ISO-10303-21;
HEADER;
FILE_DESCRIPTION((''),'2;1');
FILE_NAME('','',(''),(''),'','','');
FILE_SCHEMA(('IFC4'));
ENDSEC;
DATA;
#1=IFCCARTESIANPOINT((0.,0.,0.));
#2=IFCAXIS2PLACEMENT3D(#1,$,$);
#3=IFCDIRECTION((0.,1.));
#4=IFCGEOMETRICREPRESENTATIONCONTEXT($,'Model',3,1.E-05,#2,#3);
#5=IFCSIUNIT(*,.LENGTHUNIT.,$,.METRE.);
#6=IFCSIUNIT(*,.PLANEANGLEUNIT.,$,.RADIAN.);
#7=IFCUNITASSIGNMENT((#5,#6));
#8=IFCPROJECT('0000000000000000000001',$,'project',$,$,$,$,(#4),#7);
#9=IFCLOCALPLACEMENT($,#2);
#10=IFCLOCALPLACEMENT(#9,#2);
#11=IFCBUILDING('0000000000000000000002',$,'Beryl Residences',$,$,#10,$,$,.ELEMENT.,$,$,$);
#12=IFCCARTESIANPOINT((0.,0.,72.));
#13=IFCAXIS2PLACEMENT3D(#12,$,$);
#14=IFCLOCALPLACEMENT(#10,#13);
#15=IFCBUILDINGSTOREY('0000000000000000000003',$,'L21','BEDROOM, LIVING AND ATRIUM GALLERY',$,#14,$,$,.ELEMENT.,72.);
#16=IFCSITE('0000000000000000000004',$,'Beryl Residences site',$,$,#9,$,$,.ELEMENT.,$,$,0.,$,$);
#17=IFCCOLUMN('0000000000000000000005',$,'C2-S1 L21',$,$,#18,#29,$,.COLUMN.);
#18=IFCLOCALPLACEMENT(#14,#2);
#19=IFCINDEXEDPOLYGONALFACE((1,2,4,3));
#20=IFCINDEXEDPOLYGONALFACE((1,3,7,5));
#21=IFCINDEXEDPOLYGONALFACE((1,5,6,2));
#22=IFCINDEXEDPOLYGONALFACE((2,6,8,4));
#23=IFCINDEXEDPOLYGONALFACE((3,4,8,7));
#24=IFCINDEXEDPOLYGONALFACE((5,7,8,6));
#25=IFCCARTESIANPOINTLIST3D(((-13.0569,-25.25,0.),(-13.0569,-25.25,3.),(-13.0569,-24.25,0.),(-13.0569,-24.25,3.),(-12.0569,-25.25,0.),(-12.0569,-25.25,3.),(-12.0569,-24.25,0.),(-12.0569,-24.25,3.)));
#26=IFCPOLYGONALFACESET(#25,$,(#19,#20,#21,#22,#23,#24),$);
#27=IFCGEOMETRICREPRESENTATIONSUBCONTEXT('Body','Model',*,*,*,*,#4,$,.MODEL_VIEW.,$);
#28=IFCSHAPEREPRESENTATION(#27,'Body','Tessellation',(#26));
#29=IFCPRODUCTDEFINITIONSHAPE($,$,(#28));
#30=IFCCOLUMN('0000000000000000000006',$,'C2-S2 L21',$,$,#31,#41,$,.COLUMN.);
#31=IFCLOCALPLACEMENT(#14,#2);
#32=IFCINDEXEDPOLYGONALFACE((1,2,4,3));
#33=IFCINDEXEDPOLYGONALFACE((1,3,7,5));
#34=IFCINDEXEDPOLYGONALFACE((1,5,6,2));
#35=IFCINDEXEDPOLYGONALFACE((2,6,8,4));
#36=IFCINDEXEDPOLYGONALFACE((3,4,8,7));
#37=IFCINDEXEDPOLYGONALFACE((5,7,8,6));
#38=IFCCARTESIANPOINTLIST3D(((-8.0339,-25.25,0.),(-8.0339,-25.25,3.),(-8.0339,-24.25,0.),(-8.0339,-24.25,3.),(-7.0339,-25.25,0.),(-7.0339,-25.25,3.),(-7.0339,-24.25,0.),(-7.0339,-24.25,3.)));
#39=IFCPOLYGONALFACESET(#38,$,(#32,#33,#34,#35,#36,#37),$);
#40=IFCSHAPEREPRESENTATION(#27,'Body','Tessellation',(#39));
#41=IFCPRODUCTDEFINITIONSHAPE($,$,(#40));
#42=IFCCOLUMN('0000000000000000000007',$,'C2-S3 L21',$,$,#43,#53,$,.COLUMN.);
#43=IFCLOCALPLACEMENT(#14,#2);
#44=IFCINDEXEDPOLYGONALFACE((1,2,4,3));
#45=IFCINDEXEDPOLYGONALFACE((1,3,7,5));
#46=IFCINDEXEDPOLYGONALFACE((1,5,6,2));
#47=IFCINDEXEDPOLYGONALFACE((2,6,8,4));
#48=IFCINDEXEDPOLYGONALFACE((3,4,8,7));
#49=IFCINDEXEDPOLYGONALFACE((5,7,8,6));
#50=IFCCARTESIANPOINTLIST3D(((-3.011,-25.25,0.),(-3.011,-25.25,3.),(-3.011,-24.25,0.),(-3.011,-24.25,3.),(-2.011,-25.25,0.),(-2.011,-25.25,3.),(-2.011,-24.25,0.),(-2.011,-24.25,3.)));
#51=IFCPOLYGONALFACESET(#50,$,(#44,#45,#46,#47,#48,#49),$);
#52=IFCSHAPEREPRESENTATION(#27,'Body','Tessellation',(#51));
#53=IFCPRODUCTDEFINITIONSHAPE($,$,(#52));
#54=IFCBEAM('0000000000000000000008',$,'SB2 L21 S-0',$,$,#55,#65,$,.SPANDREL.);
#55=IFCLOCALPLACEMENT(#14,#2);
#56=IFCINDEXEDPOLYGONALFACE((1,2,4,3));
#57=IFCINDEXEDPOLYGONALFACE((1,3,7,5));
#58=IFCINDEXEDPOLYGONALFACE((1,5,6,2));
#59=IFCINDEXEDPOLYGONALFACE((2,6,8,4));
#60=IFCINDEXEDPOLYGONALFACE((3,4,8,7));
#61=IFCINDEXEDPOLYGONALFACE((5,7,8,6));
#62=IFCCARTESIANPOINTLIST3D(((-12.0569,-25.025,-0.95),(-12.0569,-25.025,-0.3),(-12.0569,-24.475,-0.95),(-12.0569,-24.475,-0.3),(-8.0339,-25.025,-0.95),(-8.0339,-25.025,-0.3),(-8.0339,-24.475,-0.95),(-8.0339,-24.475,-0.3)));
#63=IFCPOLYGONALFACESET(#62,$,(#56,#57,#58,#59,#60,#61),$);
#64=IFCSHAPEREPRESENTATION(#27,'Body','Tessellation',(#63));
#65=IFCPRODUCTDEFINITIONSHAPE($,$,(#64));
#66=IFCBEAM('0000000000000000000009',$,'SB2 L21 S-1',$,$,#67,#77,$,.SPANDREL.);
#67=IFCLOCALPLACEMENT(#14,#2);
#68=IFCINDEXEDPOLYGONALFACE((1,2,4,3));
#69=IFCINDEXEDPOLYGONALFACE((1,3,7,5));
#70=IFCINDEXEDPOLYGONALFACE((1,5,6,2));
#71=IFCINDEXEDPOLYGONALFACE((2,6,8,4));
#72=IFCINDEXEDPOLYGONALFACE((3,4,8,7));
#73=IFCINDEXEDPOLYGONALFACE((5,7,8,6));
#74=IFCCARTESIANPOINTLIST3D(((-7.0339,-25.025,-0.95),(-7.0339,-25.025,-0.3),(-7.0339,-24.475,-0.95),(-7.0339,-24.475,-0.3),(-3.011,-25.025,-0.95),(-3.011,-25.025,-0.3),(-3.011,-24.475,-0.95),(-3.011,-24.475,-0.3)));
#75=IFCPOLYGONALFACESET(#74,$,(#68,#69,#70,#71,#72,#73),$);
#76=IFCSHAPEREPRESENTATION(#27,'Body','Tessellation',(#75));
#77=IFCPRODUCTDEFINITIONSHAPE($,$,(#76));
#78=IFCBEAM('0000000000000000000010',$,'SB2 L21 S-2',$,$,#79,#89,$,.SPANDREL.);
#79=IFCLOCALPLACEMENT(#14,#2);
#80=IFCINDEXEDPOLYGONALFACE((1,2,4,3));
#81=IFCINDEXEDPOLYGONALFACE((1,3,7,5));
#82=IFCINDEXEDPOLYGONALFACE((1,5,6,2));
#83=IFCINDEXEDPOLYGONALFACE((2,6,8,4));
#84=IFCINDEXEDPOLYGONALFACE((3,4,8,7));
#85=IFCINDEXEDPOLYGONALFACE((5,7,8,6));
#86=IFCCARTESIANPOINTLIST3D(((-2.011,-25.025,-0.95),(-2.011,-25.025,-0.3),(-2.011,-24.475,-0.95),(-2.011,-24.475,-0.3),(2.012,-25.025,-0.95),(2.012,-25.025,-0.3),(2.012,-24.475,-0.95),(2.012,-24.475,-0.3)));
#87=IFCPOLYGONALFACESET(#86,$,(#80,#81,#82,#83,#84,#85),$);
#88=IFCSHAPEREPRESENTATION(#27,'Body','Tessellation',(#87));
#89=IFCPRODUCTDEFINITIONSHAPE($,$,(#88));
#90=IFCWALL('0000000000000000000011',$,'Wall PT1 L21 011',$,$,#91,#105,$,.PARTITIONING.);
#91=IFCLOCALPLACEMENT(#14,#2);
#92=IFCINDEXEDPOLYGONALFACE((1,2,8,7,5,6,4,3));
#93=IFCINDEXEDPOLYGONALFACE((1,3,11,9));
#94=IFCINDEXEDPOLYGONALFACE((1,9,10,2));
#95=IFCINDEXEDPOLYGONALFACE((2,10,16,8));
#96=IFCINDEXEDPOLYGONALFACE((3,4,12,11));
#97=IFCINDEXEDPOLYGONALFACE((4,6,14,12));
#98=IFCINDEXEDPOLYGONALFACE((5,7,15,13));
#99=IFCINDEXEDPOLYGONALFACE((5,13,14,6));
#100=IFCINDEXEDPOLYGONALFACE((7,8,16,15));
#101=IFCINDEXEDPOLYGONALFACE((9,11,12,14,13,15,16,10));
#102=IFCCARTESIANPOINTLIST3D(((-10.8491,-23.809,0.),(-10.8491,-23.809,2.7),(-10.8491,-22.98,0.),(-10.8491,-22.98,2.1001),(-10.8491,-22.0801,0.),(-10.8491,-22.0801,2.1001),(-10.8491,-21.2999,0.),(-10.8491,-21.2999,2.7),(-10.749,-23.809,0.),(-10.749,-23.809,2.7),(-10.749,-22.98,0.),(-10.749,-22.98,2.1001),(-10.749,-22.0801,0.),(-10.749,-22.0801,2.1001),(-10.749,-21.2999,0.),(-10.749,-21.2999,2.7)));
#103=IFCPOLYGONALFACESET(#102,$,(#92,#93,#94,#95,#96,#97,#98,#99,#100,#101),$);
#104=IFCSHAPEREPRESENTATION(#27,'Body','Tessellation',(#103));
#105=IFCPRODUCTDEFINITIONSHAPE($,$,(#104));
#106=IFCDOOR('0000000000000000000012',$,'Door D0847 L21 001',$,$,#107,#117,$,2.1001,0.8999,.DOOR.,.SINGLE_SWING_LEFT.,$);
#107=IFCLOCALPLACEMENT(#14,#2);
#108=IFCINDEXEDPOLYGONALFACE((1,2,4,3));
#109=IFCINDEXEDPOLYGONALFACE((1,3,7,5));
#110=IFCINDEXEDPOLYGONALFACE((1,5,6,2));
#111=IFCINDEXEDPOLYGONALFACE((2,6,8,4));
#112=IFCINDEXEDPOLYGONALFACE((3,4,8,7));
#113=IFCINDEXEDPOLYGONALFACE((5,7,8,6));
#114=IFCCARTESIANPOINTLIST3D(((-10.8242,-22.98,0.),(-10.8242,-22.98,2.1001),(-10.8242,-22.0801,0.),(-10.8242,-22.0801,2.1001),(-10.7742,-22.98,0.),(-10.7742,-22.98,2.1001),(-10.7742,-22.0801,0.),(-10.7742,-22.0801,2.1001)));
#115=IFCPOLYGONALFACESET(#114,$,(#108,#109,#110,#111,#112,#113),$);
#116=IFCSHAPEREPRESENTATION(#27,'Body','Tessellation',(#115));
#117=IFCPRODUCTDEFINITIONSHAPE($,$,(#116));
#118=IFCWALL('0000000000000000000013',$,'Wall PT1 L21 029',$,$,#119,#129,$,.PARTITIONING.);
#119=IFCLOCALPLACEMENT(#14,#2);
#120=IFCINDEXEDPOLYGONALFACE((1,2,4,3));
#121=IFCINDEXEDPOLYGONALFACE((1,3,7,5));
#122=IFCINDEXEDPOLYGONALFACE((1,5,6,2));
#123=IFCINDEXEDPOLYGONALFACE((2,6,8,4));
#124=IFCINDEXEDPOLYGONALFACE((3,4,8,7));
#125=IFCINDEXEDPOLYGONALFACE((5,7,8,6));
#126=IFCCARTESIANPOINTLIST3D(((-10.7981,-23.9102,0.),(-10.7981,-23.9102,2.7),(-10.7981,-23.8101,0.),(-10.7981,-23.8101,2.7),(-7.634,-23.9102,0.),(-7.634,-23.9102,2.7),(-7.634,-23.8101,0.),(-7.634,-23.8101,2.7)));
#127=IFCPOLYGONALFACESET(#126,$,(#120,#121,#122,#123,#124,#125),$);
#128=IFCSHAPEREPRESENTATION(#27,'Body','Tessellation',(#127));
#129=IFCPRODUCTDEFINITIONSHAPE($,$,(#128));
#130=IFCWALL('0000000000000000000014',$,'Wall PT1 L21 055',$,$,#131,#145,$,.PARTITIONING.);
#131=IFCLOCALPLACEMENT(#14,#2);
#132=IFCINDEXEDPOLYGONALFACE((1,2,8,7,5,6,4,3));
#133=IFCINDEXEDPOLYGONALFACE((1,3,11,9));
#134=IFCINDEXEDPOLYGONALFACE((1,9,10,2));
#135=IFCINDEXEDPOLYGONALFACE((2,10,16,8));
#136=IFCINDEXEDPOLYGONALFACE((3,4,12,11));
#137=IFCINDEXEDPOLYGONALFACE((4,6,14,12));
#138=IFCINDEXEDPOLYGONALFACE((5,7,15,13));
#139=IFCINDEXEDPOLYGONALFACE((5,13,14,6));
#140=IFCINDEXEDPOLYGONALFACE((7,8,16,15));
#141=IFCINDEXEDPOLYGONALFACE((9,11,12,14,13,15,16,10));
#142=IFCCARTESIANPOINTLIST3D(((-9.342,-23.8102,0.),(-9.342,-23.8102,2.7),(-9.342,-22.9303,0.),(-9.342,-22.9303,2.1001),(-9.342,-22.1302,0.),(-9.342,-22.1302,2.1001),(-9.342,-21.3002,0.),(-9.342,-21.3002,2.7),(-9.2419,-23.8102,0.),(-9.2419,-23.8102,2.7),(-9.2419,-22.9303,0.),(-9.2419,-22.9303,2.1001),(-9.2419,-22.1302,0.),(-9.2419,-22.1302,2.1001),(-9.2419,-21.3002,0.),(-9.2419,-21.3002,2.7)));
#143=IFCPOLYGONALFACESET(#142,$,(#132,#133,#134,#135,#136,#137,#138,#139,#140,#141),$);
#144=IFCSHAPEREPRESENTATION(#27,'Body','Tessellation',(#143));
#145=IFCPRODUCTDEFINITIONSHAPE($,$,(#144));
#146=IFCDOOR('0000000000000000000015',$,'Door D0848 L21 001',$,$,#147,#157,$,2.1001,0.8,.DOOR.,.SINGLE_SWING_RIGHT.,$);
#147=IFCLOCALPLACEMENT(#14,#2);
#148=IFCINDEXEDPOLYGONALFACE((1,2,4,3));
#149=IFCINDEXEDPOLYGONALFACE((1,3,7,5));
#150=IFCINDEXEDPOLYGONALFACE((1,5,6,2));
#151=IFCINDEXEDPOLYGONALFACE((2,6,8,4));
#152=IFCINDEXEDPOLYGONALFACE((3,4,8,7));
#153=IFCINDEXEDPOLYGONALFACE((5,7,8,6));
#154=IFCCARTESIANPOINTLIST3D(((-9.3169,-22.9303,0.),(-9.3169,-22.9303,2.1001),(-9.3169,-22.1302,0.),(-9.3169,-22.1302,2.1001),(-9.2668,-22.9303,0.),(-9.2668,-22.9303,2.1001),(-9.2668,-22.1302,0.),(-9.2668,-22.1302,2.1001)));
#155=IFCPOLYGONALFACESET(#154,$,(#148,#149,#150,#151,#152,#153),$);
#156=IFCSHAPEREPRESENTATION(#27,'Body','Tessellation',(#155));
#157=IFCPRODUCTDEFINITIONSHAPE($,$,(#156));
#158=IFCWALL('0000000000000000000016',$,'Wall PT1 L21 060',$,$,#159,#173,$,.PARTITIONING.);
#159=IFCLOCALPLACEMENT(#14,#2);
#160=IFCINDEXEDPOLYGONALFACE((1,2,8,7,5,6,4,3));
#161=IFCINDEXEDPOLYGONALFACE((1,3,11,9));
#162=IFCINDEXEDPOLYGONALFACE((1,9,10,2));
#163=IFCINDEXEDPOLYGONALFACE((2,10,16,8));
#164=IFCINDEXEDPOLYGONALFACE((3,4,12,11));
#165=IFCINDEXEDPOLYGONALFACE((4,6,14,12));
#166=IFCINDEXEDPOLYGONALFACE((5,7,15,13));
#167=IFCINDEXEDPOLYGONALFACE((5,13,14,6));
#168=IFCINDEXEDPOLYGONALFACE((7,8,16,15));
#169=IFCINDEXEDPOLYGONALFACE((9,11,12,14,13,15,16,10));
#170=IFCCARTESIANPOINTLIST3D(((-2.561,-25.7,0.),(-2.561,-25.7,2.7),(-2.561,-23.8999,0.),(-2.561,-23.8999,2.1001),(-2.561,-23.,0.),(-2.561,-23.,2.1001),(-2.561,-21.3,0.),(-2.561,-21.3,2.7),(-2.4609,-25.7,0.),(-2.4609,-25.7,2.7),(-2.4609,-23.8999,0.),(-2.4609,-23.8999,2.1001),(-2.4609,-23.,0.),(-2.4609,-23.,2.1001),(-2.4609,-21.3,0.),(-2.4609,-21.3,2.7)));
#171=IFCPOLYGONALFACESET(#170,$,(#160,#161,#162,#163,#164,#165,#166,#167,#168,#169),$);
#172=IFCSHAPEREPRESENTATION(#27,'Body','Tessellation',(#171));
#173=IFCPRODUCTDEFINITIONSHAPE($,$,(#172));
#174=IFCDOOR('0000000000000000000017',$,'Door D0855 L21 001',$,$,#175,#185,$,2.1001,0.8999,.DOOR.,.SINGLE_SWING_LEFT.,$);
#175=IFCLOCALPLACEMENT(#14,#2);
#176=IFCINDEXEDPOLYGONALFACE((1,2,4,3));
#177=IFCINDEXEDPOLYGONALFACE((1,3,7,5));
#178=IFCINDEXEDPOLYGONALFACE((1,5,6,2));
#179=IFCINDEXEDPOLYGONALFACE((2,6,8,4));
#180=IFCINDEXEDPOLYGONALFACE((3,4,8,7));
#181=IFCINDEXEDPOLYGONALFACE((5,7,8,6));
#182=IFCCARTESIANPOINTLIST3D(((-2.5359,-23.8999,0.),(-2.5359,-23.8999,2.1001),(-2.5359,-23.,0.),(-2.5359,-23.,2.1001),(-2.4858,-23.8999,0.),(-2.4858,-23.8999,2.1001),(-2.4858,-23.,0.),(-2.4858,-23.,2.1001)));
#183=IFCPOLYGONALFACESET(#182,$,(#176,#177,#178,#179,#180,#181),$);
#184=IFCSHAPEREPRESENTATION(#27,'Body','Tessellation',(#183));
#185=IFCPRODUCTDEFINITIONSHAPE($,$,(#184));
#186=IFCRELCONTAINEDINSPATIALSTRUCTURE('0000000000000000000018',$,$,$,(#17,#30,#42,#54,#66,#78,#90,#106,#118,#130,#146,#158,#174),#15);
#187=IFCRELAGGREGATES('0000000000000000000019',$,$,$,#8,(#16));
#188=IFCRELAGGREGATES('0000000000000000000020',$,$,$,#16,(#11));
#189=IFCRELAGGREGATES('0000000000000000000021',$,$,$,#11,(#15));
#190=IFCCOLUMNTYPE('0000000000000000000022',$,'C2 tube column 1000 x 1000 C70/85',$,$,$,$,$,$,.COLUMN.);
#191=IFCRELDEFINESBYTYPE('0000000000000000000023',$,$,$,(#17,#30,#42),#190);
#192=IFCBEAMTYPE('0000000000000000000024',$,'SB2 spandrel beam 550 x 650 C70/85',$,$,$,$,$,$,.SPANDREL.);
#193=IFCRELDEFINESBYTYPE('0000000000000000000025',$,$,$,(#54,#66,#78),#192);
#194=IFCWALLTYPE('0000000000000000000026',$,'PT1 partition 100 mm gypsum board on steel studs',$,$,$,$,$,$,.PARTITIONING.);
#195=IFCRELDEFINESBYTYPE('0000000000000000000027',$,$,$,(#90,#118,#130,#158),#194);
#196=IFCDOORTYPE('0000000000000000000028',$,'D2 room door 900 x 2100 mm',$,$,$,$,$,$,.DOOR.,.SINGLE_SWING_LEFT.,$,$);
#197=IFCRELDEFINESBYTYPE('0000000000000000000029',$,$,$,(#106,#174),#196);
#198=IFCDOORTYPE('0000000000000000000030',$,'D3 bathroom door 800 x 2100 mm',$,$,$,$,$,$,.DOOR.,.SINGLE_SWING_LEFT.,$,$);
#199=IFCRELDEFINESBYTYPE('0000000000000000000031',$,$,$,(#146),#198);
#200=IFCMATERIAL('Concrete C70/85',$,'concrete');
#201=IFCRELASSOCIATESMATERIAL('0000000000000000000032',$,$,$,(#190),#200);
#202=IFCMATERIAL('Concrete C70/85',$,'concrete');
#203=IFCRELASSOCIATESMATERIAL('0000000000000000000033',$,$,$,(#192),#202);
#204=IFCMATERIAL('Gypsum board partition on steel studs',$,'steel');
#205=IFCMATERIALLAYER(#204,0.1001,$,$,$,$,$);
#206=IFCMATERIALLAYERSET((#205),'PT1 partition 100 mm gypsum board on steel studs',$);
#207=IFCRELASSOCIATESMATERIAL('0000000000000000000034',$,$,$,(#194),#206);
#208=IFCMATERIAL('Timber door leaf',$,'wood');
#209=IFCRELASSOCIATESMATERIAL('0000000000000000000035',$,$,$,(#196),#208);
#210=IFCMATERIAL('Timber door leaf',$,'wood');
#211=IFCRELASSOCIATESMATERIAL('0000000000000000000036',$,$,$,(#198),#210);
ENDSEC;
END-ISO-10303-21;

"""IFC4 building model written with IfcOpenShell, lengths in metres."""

from ifc_helpers import new_model, si_unit, direction, frame, frame_2d, origin, origin_2d, place, context, subcontext, project, spatial, rectangle, extrude, material, layer, layer_set, material_profile, profile_set, type_object, element, fill, save


model = new_model("IFC4")

# Units and contexts
model_context = context("Model", 3, precision=1e-05, world=origin(), true_north=direction((0.0, 1.0)))
body_context = subcontext(model_context, "Body", "Model", "MODEL_VIEW")
ifc_project = project(units=[si_unit("LENGTHUNIT", "METRE"), si_unit("PLANEANGLEUNIT", "RADIAN")], contexts=[model_context])

# Site, building, storey
site_placement = place(None, origin())
site = spatial("IfcSite", under=ifc_project, at=site_placement, Name="Beryl Residences site", CompositionType="ELEMENT", RefElevation=0.0)
building_placement = place(site_placement, origin())
building = spatial("IfcBuilding", under=site, at=building_placement, Name="Beryl Residences", CompositionType="ELEMENT")
storey_placement = place(building_placement, frame((0.0, 0.0, 72.0)))
storey = spatial("IfcBuildingStorey", under=building, at=storey_placement, Name="L21", Description="BEDROOM, LIVING AND ATRIUM GALLERY", CompositionType="ELEMENT", Elevation=72.0)

# Columns
ifc_material_1 = material(Name="Concrete C70/85", Category="concrete")
ifc_material_profile_1 = material_profile(ifc_material_1, rectangle(XDim=1.0, YDim=1.0, at=origin_2d()))
ifc_profile_set_1 = profile_set([ifc_material_profile_1], Name="Concrete C70/85")
column_type = type_object("IfcColumnType", Name="C2 tube column 1000 x 1000 C70/85", PredefinedType="COLUMN", material=ifc_profile_set_1)
for number, where, z_axis, x_axis, name in (
    (1, (-12.5569, -24.75, 0.0), (0.0, 0.0, 1.0), (1.0, 0.0, 0.0), "C2-S1 L21"),
    (2, (-7.5339, -24.75, 0.0), (0.0, 0.0, 1.0), (1.0, 0.0, 0.0), "C2-S2 L21"),
    (3, (-2.511, -24.75, 0.0), (0.0, 0.0, 1.0), (1.0, 0.0, 0.0), "C2-S3 L21"),
):
    element("IfcColumn", number, at=place(storey_placement, frame(where, z_axis=z_axis, x_axis=x_axis)), inside=storey, type_object=column_type, Name=name, PredefinedType="COLUMN", context=body_context, shape_type="SweptSolid", body=[
        extrude(rectangle(XDim=1.0, YDim=1.0, at=origin_2d()), origin(), (0.0, 0.0, 1.0), 3.0),
    ])

# Beams
ifc_material_2 = material(Name="Concrete C70/85", Category="concrete")
ifc_material_profile_2 = material_profile(ifc_material_2, rectangle(XDim=0.55, YDim=0.6499, at=origin_2d()))
ifc_profile_set_2 = profile_set([ifc_material_profile_2], Name="Concrete C70/85")
beam_type = type_object("IfcBeamType", Name="SB2 spandrel beam 550 x 650 C70/85", PredefinedType="SPANDREL", material=ifc_profile_set_2)
for number, where, z_axis, x_axis, name in (
    (4, (-12.0569, -24.75, -0.625), (1.0, 0.0, 0.0), (0.0, 1.0, 0.0), "SB2 L21 S-0"),
    (5, (-7.0339, -24.75, -0.625), (1.0, 0.0, 0.0), (0.0, 1.0, 0.0), "SB2 L21 S-1"),
    (6, (-2.011, -24.75, -0.625), (1.0, 0.0, 0.0), (0.0, 1.0, 0.0), "SB2 L21 S-2"),
):
    element("IfcBeam", number, at=place(storey_placement, frame(where, z_axis=z_axis, x_axis=x_axis)), inside=storey, type_object=beam_type, Name=name, PredefinedType="SPANDREL", context=body_context, shape_type="SweptSolid", body=[
        extrude(rectangle(XDim=0.55, YDim=0.6499, at=origin_2d()), origin(), (0.0, 0.0, 1.0), 4.0229),
    ])

# Wall, opening, door
ifc_material_3 = material(Name="Gypsum board partition on steel studs", Category="steel")
ifc_layer_1 = layer(ifc_material_3, 0.1001)
ifc_layer_set_1 = layer_set([ifc_layer_1], Name="PT1 partition 100 mm gypsum board on steel studs")
wall_type_1 = type_object("IfcWallType", Name="PT1 partition 100 mm gypsum board on steel studs", PredefinedType="PARTITIONING", material=ifc_layer_set_1)
wall_1_placement = place(storey_placement, frame((-10.7991, -21.3, 0.0), z_axis=(0.0, 0.0, 1.0), x_axis=(0.0, -1.0, 0.0)))
wall_1 = element("IfcWall", 7, at=wall_1_placement, inside=storey, type_object=wall_type_1, Name="Wall PT1 L21 011", PredefinedType="PARTITIONING", context=body_context, shape_type="SweptSolid", body=[
    extrude(rectangle(XDim=2.509, YDim=0.1001, at=frame_2d((1.2544, 0.0))), origin(), (0.0, 0.0, 1.0), 2.7),
])
opening_1_placement = place(wall_1_placement, frame((0.78, 0.0, 0.0)))
opening_1 = element("IfcOpeningElement", 8, at=opening_1_placement, cuts=wall_1, PredefinedType="OPENING", context=body_context, shape_type="SweptSolid", body=[
    extrude(rectangle(XDim=0.8999, YDim=2.1001, at=frame_2d((0.45, 1.05))), frame((0.0, 0.0601, 0.0), z_axis=(0.0, -1.0, 0.0), x_axis=(1.0, 0.0, 0.0)), (0.0, 0.0, 1.0), 0.1201),
])
ifc_material_4 = material(Name="Timber door leaf", Category="wood")
door_type_1 = type_object("IfcDoorType", Name="D2 room door 900 x 2100 mm", OperationType="SINGLE_SWING_LEFT", PredefinedType="DOOR", material=ifc_material_4)
door_1_placement = place(opening_1_placement, origin())
door_1 = element("IfcDoor", 9, at=door_1_placement, inside=storey, type_object=door_type_1, Name="Door D0847 L21 001", OperationType="SINGLE_SWING_LEFT", OverallHeight=2.1001, OverallWidth=0.8999, PredefinedType="DOOR", context=body_context, shape_type="SweptSolid", body=[
    extrude(rectangle(XDim=0.8999, YDim=2.1001, at=frame_2d((0.45, 1.05))), frame((0.0, 0.0249, 0.0), z_axis=(0.0, -1.0, 0.0), x_axis=(1.0, 0.0, 0.0)), (0.0, 0.0, 1.0), 0.05),
])
fill(opening_1, door_1)

# Wall
wall_2_placement = place(storey_placement, frame((-10.7981, -23.8601, 0.0), z_axis=(0.0, 0.0, 1.0), x_axis=(1.0, 0.0, 0.0)))
element("IfcWall", 10, at=wall_2_placement, inside=storey, type_object=wall_type_1, Name="Wall PT1 L21 029", PredefinedType="PARTITIONING", context=body_context, shape_type="SweptSolid", body=[
    extrude(rectangle(XDim=3.1641, YDim=0.1001, at=frame_2d((1.582, 0.0))), origin(), (0.0, 0.0, 1.0), 2.7),
])

# Walls, openings, doors
wall_3_placement = place(storey_placement, frame((-9.292, -23.8101, 0.0), z_axis=(0.0, 0.0, 1.0), x_axis=(0.0, 1.0, 0.0)))
wall_3 = element("IfcWall", 11, at=wall_3_placement, inside=storey, type_object=wall_type_1, Name="Wall PT1 L21 055", PredefinedType="PARTITIONING", context=body_context, shape_type="SweptSolid", body=[
    extrude(rectangle(XDim=2.51, YDim=0.1001, at=frame_2d((1.2549, 0.0))), origin(), (0.0, 0.0, 1.0), 2.7),
])
opening_2_placement = place(wall_3_placement, frame((0.8799, 0.0, 0.0)))
opening_2 = element("IfcOpeningElement", 12, at=opening_2_placement, cuts=wall_3, PredefinedType="OPENING", context=body_context, shape_type="SweptSolid", body=[
    extrude(rectangle(XDim=0.8, YDim=2.1001, at=frame_2d((0.3999, 1.05))), frame((0.0, 0.0601, 0.0), z_axis=(0.0, -1.0, 0.0), x_axis=(1.0, 0.0, 0.0)), (0.0, 0.0, 1.0), 0.1201),
])
ifc_material_5 = material(Name="Timber door leaf", Category="wood")
door_type_2 = type_object("IfcDoorType", Name="D3 bathroom door 800 x 2100 mm", OperationType="SINGLE_SWING_LEFT", PredefinedType="DOOR", material=ifc_material_5)
door_2_placement = place(opening_2_placement, origin())
door_2 = element("IfcDoor", 13, at=door_2_placement, inside=storey, type_object=door_type_2, Name="Door D0848 L21 001", OperationType="SINGLE_SWING_RIGHT", OverallHeight=2.1001, OverallWidth=0.8, PredefinedType="DOOR", context=body_context, shape_type="SweptSolid", body=[
    extrude(rectangle(XDim=0.8, YDim=2.1001, at=frame_2d((0.3999, 1.05))), frame((0.0, 0.0249, 0.0), z_axis=(0.0, -1.0, 0.0), x_axis=(1.0, 0.0, 0.0)), (0.0, 0.0, 1.0), 0.05),
])
fill(opening_2, door_2)
wall_4_placement = place(storey_placement, frame((-2.511, -25.7, 0.0), z_axis=(0.0, 0.0, 1.0), x_axis=(0.0, 1.0, 0.0)))
wall_4 = element("IfcWall", 14, at=wall_4_placement, inside=storey, type_object=wall_type_1, Name="Wall PT1 L21 060", PredefinedType="PARTITIONING", context=body_context, shape_type="SweptSolid", body=[
    extrude(rectangle(XDim=4.3999, YDim=0.1001, at=frame_2d((2.2, 0.0))), origin(), (0.0, 0.0, 1.0), 2.7),
])
opening_3_placement = place(wall_4_placement, frame((1.8, 0.0, 0.0)))
opening_3 = element("IfcOpeningElement", 15, at=opening_3_placement, cuts=wall_4, PredefinedType="OPENING", context=body_context, shape_type="SweptSolid", body=[
    extrude(rectangle(XDim=0.8999, YDim=2.1001, at=frame_2d((0.45, 1.05))), frame((0.0, 0.0601, 0.0), z_axis=(0.0, -1.0, 0.0), x_axis=(1.0, 0.0, 0.0)), (0.0, 0.0, 1.0), 0.1201),
])
door_3_placement = place(opening_3_placement, origin())
door_3 = element("IfcDoor", 16, at=door_3_placement, inside=storey, type_object=door_type_1, Name="Door D0855 L21 001", OperationType="SINGLE_SWING_LEFT", OverallHeight=2.1001, OverallWidth=0.8999, PredefinedType="DOOR", context=body_context, shape_type="SweptSolid", body=[
    extrude(rectangle(XDim=0.8999, YDim=2.1001, at=frame_2d((0.45, 1.05))), frame((0.0, 0.0249, 0.0), z_axis=(0.0, -1.0, 0.0), x_axis=(1.0, 0.0, 0.0)), (0.0, 0.0, 1.0), 0.05),
])
fill(opening_3, door_3)

save(model, "model.ifc")
